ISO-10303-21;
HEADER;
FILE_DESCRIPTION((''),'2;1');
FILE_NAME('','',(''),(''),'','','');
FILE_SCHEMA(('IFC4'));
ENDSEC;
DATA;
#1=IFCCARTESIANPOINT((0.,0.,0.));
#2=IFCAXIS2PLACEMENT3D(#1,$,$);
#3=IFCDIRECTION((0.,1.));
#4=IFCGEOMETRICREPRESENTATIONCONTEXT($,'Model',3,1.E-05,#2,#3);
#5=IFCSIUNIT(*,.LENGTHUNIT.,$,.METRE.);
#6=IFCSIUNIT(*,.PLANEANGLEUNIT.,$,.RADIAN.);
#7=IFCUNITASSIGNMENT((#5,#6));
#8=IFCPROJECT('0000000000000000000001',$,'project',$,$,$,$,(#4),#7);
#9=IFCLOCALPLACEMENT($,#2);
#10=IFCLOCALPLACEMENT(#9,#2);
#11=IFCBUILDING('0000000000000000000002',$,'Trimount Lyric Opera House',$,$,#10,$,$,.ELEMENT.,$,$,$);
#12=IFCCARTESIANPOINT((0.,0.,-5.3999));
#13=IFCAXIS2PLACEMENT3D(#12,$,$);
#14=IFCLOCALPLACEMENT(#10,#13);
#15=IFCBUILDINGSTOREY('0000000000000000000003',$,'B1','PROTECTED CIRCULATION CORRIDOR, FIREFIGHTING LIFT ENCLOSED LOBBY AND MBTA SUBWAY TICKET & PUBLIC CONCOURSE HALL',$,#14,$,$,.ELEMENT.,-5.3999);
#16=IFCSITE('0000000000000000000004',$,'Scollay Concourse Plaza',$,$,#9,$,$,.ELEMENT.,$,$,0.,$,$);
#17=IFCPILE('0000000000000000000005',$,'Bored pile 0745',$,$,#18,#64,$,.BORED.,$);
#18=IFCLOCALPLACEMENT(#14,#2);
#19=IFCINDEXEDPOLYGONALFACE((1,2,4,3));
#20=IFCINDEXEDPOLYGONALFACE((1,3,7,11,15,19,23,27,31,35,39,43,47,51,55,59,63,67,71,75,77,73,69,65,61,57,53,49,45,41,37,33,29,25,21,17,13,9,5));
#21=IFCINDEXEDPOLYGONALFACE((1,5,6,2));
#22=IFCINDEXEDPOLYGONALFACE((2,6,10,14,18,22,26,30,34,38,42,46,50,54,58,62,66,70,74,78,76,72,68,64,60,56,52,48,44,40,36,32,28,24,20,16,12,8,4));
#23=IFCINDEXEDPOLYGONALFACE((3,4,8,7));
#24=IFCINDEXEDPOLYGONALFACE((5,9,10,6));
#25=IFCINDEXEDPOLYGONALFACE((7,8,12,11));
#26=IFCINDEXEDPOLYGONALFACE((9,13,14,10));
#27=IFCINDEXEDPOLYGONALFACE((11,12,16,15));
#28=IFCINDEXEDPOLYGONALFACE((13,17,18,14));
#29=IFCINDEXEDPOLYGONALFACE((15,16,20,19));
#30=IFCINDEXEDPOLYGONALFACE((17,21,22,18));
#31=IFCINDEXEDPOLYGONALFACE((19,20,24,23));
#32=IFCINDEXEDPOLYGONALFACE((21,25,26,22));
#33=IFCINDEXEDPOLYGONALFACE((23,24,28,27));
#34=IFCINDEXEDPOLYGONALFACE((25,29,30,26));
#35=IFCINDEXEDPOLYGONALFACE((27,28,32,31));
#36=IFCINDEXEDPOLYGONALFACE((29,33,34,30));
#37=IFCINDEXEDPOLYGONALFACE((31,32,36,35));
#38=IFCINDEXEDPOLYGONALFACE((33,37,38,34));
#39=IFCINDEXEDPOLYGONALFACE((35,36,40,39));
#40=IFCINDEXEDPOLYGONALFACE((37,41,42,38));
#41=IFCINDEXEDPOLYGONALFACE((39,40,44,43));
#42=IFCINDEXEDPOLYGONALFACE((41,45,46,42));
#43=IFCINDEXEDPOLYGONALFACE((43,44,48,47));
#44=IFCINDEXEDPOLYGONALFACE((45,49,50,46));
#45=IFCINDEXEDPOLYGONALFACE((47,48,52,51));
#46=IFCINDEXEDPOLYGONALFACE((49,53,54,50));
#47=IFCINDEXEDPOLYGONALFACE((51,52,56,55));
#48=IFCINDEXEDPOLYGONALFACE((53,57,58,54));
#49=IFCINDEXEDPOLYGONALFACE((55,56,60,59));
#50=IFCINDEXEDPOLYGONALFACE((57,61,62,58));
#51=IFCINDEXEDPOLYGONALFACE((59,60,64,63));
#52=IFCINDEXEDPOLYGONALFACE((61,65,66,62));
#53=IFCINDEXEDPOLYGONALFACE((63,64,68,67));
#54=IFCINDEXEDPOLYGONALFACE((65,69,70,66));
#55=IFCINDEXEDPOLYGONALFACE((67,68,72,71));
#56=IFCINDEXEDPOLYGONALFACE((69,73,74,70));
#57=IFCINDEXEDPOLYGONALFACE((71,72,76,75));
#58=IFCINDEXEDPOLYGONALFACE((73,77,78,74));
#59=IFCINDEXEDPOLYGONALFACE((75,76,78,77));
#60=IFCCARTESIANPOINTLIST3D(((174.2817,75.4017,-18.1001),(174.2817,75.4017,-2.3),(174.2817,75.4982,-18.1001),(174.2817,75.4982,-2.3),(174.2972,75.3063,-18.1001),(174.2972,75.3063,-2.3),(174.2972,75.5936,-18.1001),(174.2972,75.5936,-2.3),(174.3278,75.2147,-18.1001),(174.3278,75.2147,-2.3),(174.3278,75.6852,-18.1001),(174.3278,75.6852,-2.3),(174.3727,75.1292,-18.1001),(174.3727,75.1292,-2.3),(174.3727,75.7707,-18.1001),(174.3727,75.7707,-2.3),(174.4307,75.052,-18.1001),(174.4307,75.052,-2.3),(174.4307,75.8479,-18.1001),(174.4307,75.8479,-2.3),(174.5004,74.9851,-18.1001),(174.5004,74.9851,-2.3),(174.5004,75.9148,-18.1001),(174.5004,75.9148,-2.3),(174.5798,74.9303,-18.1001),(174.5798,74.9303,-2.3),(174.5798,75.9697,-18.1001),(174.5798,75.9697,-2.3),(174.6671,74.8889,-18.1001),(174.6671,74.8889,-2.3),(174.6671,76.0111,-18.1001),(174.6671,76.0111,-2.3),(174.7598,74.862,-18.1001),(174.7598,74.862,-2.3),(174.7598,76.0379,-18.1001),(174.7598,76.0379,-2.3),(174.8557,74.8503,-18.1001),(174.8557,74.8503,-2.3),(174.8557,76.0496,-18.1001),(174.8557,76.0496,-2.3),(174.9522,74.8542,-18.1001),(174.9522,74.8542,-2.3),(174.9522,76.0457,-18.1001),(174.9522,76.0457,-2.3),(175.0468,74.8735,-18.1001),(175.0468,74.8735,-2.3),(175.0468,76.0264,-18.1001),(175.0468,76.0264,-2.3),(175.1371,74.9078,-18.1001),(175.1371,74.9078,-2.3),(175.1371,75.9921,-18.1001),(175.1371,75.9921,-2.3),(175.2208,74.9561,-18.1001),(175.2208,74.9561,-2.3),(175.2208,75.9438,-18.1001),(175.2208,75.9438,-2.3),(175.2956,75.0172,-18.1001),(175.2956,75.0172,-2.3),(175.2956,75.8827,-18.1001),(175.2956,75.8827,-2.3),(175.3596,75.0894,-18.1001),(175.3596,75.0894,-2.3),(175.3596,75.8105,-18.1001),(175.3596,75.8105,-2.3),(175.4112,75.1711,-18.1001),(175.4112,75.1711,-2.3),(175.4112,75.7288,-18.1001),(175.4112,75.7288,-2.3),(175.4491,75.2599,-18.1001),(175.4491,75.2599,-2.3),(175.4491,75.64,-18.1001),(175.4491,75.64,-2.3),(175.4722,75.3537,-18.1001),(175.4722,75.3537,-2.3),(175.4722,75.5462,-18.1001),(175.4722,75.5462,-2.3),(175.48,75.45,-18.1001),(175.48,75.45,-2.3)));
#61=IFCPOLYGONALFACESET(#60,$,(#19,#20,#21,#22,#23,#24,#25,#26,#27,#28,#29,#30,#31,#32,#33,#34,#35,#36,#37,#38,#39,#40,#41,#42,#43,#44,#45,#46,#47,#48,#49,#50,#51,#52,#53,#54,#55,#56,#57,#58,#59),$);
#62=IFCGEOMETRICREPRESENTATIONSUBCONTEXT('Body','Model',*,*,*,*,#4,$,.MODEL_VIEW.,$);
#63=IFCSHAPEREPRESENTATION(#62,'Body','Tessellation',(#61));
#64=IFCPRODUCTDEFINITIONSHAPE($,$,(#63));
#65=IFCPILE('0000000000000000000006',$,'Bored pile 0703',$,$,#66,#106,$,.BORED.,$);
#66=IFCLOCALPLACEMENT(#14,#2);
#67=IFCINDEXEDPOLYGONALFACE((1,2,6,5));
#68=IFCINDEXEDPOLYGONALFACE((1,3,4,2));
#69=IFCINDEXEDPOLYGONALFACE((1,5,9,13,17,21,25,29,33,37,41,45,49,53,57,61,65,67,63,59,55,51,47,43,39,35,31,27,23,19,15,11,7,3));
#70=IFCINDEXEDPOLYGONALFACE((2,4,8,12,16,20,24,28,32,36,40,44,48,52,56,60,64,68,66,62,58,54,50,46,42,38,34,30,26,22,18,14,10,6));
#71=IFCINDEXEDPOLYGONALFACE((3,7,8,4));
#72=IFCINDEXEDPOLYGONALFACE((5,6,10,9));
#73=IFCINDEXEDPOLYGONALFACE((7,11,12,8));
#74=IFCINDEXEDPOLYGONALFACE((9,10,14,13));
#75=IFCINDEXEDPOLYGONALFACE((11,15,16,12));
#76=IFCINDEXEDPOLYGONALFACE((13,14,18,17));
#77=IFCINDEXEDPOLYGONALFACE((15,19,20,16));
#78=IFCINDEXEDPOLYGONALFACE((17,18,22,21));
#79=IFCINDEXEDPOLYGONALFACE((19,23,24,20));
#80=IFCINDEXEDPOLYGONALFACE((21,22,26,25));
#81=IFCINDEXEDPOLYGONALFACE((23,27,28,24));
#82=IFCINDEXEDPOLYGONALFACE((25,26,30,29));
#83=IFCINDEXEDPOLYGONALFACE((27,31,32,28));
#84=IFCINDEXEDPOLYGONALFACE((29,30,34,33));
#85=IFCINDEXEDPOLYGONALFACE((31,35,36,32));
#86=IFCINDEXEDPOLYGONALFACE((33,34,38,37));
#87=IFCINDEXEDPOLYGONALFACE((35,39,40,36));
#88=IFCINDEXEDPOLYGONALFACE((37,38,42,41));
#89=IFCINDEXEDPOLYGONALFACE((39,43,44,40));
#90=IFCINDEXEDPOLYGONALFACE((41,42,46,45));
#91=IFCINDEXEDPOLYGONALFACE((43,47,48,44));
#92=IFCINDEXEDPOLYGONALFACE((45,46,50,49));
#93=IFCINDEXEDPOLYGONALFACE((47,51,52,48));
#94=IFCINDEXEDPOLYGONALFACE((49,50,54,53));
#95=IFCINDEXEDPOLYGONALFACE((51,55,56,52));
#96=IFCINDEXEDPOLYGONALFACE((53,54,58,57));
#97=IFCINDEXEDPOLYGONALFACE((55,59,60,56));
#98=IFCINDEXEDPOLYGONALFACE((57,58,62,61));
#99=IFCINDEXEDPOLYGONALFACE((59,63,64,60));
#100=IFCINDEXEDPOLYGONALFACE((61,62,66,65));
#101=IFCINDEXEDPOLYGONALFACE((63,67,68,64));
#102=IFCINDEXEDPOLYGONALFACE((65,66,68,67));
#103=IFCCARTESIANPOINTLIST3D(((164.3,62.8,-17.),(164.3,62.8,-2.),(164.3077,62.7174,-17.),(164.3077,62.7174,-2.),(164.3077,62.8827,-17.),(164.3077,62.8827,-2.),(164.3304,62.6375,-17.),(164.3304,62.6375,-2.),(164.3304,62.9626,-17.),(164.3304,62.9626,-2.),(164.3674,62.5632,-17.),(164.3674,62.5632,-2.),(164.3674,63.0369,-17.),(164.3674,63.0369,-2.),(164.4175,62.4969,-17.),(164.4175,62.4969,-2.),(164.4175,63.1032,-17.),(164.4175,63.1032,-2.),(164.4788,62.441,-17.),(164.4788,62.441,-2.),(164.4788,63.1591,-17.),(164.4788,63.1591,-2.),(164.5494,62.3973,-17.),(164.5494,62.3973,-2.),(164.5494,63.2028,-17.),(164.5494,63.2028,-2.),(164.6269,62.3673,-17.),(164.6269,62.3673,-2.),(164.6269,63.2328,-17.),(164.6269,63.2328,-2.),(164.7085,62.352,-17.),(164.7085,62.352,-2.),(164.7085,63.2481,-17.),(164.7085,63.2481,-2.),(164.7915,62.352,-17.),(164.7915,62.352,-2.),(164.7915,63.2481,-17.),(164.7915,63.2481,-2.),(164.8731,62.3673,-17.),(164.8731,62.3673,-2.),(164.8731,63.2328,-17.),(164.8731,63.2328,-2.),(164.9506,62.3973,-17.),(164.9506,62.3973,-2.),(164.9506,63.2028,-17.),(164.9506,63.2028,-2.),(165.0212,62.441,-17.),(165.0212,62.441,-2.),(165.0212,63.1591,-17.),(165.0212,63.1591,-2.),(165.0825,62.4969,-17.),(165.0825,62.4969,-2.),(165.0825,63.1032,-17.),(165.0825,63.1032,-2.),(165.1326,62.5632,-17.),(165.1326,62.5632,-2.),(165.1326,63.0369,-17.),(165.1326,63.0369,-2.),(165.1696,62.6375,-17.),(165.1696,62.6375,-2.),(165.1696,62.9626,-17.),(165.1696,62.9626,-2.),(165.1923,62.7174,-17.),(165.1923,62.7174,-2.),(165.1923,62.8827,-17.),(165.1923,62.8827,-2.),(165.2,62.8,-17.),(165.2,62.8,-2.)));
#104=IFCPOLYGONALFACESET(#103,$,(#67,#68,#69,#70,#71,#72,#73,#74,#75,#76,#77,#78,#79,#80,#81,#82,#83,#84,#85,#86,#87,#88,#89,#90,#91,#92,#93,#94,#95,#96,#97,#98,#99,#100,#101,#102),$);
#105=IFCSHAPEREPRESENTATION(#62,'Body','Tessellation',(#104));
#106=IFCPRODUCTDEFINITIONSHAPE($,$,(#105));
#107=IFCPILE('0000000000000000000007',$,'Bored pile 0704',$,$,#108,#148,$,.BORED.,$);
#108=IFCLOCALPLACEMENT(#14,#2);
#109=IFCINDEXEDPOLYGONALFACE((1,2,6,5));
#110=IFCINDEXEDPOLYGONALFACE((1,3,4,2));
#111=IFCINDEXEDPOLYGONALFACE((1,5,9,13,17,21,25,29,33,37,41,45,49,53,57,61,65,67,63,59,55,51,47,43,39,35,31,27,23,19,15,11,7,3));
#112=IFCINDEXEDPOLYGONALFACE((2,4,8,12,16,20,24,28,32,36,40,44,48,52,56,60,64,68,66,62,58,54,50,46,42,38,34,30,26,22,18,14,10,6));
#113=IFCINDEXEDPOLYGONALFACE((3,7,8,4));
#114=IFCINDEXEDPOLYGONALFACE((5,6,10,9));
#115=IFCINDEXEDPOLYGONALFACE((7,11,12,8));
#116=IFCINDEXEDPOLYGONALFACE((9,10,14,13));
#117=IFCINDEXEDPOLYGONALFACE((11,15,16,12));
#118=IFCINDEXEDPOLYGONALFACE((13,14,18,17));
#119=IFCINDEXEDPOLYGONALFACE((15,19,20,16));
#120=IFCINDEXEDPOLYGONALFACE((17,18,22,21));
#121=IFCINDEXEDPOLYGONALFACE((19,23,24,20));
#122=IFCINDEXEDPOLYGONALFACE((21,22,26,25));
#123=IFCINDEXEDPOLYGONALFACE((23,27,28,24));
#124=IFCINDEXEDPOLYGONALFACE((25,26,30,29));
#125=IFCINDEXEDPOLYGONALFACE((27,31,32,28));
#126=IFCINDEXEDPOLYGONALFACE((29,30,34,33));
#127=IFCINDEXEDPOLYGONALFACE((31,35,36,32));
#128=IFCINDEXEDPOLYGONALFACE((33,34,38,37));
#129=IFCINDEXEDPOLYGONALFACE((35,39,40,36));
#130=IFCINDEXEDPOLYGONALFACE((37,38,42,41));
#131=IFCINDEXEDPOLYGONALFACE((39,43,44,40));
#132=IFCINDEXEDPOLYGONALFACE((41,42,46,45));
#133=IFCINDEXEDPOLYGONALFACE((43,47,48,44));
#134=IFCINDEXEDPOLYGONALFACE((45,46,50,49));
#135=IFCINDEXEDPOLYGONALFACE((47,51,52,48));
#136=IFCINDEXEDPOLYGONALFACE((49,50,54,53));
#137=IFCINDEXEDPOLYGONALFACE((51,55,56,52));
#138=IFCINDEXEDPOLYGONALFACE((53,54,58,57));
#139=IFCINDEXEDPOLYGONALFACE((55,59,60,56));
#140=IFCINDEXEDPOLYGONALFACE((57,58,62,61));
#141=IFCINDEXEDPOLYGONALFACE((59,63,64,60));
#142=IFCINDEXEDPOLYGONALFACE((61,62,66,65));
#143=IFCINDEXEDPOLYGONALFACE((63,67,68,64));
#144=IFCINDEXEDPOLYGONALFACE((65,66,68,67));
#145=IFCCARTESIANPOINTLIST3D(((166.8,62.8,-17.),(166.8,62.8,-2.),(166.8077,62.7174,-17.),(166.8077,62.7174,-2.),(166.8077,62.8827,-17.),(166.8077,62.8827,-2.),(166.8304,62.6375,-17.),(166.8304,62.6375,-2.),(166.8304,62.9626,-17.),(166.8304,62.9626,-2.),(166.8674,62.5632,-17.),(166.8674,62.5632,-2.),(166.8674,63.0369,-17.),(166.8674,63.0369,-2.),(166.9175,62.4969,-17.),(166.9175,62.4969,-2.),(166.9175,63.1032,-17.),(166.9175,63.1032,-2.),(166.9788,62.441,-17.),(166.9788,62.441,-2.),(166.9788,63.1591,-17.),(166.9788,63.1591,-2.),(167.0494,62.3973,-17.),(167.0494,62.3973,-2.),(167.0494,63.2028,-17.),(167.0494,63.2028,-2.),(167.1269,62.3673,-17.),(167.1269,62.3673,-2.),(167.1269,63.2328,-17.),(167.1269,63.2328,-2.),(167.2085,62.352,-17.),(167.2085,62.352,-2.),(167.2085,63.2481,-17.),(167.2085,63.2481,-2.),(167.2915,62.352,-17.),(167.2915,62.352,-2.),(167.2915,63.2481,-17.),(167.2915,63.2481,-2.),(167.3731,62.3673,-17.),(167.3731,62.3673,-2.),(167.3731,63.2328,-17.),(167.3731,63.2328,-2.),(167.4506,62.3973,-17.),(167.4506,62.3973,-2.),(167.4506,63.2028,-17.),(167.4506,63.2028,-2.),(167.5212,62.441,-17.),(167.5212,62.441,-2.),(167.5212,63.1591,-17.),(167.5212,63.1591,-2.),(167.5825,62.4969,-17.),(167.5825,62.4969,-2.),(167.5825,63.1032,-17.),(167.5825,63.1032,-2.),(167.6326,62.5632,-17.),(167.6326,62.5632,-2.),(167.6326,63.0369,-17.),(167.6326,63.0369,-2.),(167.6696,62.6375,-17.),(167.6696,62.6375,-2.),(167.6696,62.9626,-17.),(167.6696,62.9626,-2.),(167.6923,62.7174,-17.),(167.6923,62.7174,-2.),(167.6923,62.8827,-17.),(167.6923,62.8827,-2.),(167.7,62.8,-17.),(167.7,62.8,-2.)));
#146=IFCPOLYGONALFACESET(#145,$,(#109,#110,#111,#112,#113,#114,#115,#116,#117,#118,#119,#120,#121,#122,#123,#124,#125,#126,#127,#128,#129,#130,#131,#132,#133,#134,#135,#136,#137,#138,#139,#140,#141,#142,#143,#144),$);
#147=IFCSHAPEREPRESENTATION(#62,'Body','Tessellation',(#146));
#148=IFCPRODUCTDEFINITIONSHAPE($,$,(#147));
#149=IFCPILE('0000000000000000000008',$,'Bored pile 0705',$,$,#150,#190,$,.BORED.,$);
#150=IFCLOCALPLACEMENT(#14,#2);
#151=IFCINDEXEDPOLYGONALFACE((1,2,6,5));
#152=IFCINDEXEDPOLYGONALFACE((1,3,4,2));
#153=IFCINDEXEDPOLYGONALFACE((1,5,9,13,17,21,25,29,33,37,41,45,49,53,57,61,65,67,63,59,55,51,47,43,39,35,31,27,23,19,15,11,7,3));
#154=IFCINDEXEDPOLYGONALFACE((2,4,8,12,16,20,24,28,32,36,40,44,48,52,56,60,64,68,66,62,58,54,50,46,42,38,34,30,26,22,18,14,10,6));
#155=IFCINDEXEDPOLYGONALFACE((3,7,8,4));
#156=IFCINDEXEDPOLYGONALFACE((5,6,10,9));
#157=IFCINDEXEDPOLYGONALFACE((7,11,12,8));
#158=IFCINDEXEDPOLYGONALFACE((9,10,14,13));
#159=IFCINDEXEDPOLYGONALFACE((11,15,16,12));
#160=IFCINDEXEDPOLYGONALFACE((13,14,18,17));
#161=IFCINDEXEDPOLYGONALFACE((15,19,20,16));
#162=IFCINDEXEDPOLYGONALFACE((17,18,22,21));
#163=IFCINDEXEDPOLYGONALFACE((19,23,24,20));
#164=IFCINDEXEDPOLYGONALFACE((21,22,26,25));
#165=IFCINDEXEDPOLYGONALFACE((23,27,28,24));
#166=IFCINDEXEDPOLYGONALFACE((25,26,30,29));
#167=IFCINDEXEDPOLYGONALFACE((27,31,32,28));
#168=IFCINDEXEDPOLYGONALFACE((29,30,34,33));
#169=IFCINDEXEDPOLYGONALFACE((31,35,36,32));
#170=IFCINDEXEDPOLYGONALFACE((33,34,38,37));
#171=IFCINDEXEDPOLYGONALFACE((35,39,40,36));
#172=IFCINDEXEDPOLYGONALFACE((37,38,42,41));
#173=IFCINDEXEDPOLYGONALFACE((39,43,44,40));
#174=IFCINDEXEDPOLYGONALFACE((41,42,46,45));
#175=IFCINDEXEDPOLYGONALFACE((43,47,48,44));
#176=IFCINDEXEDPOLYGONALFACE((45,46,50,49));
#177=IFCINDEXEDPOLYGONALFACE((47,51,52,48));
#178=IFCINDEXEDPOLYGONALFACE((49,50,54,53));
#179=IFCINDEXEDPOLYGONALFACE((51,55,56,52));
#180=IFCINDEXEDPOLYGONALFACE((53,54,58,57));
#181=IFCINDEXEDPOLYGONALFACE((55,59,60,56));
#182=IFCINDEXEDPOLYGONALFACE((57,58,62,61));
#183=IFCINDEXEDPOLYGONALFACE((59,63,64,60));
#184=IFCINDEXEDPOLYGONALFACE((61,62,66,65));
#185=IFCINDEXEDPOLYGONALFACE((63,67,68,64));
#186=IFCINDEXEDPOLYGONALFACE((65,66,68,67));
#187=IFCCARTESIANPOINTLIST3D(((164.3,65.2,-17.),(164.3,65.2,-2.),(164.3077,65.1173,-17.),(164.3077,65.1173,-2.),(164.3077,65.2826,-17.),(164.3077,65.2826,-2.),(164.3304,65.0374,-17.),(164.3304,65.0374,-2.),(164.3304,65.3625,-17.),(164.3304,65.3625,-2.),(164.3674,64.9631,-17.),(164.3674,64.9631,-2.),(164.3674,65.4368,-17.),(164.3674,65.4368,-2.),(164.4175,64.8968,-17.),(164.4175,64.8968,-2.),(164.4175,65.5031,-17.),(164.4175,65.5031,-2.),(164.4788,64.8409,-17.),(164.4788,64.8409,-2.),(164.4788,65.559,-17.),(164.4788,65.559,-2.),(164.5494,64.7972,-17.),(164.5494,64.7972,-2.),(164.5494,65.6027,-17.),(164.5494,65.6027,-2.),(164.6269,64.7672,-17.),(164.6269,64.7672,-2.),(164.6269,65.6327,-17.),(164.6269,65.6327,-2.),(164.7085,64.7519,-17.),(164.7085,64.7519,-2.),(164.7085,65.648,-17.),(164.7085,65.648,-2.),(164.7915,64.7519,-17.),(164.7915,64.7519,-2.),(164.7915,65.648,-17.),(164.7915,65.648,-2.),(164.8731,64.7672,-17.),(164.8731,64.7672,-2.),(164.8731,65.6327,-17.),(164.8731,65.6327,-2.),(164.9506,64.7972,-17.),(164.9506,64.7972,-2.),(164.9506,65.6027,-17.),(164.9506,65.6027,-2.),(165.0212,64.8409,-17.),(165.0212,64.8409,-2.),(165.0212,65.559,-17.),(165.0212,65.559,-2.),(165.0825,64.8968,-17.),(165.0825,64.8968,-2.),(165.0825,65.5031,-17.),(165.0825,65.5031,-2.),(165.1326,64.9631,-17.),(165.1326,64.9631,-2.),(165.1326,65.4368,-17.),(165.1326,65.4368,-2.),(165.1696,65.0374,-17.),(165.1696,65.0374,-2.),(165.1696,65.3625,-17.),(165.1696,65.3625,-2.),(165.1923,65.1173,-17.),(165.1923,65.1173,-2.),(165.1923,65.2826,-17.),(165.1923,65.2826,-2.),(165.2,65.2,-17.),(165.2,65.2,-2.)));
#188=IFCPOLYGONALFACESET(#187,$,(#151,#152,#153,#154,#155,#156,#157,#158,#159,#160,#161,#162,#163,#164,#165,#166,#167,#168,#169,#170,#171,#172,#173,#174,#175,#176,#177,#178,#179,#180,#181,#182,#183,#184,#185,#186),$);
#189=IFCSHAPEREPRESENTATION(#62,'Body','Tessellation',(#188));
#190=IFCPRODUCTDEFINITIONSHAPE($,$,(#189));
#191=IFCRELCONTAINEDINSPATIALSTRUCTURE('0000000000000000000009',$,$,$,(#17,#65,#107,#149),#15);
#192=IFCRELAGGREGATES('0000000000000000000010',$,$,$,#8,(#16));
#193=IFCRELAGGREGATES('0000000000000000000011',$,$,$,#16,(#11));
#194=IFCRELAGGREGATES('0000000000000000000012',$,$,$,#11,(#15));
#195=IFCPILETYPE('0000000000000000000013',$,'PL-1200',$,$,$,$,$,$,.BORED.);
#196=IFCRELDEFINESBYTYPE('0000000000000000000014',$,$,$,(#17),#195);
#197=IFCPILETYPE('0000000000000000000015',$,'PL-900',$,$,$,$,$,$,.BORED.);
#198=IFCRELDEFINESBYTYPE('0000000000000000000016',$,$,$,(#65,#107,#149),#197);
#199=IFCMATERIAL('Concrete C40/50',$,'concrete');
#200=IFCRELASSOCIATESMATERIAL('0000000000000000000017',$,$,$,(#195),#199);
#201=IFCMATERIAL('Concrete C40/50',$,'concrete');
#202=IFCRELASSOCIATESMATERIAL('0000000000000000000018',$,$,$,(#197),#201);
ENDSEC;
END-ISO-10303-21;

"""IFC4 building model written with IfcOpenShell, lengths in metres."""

from ifc_helpers import new_model, si_unit, direction, frame, origin, origin_2d, place, context, subcontext, project, spatial, circle, extrude, material, material_profile, profile_set, type_object, element, save


model = new_model("IFC4")

# Units and contexts
model_context = context("Model", 3, precision=1e-05, world=origin(), true_north=direction((0.0, 1.0)))
body_context = subcontext(model_context, "Body", "Model", "MODEL_VIEW")
ifc_project = project(units=[si_unit("LENGTHUNIT", "METRE"), si_unit("PLANEANGLEUNIT", "RADIAN")], contexts=[model_context])

# Site, building, storey
site_placement = place(None, origin())
site = spatial("IfcSite", under=ifc_project, at=site_placement, Name="Scollay Concourse Plaza", CompositionType="ELEMENT", RefElevation=0.0)
building_placement = place(site_placement, origin())
building = spatial("IfcBuilding", under=site, at=building_placement, Name="Trimount Lyric Opera House", CompositionType="ELEMENT")
storey_placement = place(building_placement, frame((0.0, 0.0, -5.3999)))
storey = spatial("IfcBuildingStorey", under=building, at=storey_placement, Name="B1", Description="PROTECTED CIRCULATION CORRIDOR, FIREFIGHTING LIFT ENCLOSED LOBBY AND MBTA SUBWAY TICKET & PUBLIC CONCOURSE HALL", CompositionType="ELEMENT", Elevation=-5.3999)

# Piles
ifc_material_1 = material(Name="Concrete C40/50", Category="concrete")
ifc_material_profile_1 = material_profile(ifc_material_1, circle(Radius=0.6001, at=origin_2d()), Name="PILE-D1200")
ifc_profile_set_1 = profile_set([ifc_material_profile_1], Name="Concrete C40/50")
pile_type_1 = type_object("IfcPileType", Name="PL-1200", PredefinedType="BORED", material=ifc_profile_set_1)
for number, where, z_axis, x_axis, name in (
    (1, (174.8799, 75.45, -2.3), (0.0, 0.0, -1.0), (1.0, 0.0, 0.0), "Bored pile 0745"),
):
    element("IfcPile", number, at=place(storey_placement, frame(where, z_axis=z_axis, x_axis=x_axis)), inside=storey, type_object=pile_type_1, Name=name, PredefinedType="BORED", context=body_context, shape_type="SweptSolid", body=[
        extrude(circle(Radius=0.6001, at=origin_2d()), origin(), (0.0, 0.0, 1.0), 15.8),
    ])
ifc_material_2 = material(Name="Concrete C40/50", Category="concrete")
ifc_material_profile_2 = material_profile(ifc_material_2, circle(Radius=0.45, at=origin_2d()), Name="PILE-D900")
ifc_profile_set_2 = profile_set([ifc_material_profile_2], Name="Concrete C40/50")
pile_type_2 = type_object("IfcPileType", Name="PL-900", PredefinedType="BORED", material=ifc_profile_set_2)
for number, where, z_axis, x_axis, name in (
    (2, (164.75, 62.8, -2.0), (0.0, 0.0, -1.0), (1.0, 0.0, 0.0), "Bored pile 0703"),
    (3, (167.25, 62.8, -2.0), (0.0, 0.0, -1.0), (1.0, 0.0, 0.0), "Bored pile 0704"),
    (4, (164.75, 65.2, -2.0), (0.0, 0.0, -1.0), (1.0, 0.0, 0.0), "Bored pile 0705"),
):
    element("IfcPile", number, at=place(storey_placement, frame(where, z_axis=z_axis, x_axis=x_axis)), inside=storey, type_object=pile_type_2, Name=name, PredefinedType="BORED", context=body_context, shape_type="SweptSolid", body=[
        extrude(circle(Radius=0.45, at=origin_2d()), origin(), (0.0, 0.0, 1.0), 15.0),
    ])

save(model, "model.ifc")
